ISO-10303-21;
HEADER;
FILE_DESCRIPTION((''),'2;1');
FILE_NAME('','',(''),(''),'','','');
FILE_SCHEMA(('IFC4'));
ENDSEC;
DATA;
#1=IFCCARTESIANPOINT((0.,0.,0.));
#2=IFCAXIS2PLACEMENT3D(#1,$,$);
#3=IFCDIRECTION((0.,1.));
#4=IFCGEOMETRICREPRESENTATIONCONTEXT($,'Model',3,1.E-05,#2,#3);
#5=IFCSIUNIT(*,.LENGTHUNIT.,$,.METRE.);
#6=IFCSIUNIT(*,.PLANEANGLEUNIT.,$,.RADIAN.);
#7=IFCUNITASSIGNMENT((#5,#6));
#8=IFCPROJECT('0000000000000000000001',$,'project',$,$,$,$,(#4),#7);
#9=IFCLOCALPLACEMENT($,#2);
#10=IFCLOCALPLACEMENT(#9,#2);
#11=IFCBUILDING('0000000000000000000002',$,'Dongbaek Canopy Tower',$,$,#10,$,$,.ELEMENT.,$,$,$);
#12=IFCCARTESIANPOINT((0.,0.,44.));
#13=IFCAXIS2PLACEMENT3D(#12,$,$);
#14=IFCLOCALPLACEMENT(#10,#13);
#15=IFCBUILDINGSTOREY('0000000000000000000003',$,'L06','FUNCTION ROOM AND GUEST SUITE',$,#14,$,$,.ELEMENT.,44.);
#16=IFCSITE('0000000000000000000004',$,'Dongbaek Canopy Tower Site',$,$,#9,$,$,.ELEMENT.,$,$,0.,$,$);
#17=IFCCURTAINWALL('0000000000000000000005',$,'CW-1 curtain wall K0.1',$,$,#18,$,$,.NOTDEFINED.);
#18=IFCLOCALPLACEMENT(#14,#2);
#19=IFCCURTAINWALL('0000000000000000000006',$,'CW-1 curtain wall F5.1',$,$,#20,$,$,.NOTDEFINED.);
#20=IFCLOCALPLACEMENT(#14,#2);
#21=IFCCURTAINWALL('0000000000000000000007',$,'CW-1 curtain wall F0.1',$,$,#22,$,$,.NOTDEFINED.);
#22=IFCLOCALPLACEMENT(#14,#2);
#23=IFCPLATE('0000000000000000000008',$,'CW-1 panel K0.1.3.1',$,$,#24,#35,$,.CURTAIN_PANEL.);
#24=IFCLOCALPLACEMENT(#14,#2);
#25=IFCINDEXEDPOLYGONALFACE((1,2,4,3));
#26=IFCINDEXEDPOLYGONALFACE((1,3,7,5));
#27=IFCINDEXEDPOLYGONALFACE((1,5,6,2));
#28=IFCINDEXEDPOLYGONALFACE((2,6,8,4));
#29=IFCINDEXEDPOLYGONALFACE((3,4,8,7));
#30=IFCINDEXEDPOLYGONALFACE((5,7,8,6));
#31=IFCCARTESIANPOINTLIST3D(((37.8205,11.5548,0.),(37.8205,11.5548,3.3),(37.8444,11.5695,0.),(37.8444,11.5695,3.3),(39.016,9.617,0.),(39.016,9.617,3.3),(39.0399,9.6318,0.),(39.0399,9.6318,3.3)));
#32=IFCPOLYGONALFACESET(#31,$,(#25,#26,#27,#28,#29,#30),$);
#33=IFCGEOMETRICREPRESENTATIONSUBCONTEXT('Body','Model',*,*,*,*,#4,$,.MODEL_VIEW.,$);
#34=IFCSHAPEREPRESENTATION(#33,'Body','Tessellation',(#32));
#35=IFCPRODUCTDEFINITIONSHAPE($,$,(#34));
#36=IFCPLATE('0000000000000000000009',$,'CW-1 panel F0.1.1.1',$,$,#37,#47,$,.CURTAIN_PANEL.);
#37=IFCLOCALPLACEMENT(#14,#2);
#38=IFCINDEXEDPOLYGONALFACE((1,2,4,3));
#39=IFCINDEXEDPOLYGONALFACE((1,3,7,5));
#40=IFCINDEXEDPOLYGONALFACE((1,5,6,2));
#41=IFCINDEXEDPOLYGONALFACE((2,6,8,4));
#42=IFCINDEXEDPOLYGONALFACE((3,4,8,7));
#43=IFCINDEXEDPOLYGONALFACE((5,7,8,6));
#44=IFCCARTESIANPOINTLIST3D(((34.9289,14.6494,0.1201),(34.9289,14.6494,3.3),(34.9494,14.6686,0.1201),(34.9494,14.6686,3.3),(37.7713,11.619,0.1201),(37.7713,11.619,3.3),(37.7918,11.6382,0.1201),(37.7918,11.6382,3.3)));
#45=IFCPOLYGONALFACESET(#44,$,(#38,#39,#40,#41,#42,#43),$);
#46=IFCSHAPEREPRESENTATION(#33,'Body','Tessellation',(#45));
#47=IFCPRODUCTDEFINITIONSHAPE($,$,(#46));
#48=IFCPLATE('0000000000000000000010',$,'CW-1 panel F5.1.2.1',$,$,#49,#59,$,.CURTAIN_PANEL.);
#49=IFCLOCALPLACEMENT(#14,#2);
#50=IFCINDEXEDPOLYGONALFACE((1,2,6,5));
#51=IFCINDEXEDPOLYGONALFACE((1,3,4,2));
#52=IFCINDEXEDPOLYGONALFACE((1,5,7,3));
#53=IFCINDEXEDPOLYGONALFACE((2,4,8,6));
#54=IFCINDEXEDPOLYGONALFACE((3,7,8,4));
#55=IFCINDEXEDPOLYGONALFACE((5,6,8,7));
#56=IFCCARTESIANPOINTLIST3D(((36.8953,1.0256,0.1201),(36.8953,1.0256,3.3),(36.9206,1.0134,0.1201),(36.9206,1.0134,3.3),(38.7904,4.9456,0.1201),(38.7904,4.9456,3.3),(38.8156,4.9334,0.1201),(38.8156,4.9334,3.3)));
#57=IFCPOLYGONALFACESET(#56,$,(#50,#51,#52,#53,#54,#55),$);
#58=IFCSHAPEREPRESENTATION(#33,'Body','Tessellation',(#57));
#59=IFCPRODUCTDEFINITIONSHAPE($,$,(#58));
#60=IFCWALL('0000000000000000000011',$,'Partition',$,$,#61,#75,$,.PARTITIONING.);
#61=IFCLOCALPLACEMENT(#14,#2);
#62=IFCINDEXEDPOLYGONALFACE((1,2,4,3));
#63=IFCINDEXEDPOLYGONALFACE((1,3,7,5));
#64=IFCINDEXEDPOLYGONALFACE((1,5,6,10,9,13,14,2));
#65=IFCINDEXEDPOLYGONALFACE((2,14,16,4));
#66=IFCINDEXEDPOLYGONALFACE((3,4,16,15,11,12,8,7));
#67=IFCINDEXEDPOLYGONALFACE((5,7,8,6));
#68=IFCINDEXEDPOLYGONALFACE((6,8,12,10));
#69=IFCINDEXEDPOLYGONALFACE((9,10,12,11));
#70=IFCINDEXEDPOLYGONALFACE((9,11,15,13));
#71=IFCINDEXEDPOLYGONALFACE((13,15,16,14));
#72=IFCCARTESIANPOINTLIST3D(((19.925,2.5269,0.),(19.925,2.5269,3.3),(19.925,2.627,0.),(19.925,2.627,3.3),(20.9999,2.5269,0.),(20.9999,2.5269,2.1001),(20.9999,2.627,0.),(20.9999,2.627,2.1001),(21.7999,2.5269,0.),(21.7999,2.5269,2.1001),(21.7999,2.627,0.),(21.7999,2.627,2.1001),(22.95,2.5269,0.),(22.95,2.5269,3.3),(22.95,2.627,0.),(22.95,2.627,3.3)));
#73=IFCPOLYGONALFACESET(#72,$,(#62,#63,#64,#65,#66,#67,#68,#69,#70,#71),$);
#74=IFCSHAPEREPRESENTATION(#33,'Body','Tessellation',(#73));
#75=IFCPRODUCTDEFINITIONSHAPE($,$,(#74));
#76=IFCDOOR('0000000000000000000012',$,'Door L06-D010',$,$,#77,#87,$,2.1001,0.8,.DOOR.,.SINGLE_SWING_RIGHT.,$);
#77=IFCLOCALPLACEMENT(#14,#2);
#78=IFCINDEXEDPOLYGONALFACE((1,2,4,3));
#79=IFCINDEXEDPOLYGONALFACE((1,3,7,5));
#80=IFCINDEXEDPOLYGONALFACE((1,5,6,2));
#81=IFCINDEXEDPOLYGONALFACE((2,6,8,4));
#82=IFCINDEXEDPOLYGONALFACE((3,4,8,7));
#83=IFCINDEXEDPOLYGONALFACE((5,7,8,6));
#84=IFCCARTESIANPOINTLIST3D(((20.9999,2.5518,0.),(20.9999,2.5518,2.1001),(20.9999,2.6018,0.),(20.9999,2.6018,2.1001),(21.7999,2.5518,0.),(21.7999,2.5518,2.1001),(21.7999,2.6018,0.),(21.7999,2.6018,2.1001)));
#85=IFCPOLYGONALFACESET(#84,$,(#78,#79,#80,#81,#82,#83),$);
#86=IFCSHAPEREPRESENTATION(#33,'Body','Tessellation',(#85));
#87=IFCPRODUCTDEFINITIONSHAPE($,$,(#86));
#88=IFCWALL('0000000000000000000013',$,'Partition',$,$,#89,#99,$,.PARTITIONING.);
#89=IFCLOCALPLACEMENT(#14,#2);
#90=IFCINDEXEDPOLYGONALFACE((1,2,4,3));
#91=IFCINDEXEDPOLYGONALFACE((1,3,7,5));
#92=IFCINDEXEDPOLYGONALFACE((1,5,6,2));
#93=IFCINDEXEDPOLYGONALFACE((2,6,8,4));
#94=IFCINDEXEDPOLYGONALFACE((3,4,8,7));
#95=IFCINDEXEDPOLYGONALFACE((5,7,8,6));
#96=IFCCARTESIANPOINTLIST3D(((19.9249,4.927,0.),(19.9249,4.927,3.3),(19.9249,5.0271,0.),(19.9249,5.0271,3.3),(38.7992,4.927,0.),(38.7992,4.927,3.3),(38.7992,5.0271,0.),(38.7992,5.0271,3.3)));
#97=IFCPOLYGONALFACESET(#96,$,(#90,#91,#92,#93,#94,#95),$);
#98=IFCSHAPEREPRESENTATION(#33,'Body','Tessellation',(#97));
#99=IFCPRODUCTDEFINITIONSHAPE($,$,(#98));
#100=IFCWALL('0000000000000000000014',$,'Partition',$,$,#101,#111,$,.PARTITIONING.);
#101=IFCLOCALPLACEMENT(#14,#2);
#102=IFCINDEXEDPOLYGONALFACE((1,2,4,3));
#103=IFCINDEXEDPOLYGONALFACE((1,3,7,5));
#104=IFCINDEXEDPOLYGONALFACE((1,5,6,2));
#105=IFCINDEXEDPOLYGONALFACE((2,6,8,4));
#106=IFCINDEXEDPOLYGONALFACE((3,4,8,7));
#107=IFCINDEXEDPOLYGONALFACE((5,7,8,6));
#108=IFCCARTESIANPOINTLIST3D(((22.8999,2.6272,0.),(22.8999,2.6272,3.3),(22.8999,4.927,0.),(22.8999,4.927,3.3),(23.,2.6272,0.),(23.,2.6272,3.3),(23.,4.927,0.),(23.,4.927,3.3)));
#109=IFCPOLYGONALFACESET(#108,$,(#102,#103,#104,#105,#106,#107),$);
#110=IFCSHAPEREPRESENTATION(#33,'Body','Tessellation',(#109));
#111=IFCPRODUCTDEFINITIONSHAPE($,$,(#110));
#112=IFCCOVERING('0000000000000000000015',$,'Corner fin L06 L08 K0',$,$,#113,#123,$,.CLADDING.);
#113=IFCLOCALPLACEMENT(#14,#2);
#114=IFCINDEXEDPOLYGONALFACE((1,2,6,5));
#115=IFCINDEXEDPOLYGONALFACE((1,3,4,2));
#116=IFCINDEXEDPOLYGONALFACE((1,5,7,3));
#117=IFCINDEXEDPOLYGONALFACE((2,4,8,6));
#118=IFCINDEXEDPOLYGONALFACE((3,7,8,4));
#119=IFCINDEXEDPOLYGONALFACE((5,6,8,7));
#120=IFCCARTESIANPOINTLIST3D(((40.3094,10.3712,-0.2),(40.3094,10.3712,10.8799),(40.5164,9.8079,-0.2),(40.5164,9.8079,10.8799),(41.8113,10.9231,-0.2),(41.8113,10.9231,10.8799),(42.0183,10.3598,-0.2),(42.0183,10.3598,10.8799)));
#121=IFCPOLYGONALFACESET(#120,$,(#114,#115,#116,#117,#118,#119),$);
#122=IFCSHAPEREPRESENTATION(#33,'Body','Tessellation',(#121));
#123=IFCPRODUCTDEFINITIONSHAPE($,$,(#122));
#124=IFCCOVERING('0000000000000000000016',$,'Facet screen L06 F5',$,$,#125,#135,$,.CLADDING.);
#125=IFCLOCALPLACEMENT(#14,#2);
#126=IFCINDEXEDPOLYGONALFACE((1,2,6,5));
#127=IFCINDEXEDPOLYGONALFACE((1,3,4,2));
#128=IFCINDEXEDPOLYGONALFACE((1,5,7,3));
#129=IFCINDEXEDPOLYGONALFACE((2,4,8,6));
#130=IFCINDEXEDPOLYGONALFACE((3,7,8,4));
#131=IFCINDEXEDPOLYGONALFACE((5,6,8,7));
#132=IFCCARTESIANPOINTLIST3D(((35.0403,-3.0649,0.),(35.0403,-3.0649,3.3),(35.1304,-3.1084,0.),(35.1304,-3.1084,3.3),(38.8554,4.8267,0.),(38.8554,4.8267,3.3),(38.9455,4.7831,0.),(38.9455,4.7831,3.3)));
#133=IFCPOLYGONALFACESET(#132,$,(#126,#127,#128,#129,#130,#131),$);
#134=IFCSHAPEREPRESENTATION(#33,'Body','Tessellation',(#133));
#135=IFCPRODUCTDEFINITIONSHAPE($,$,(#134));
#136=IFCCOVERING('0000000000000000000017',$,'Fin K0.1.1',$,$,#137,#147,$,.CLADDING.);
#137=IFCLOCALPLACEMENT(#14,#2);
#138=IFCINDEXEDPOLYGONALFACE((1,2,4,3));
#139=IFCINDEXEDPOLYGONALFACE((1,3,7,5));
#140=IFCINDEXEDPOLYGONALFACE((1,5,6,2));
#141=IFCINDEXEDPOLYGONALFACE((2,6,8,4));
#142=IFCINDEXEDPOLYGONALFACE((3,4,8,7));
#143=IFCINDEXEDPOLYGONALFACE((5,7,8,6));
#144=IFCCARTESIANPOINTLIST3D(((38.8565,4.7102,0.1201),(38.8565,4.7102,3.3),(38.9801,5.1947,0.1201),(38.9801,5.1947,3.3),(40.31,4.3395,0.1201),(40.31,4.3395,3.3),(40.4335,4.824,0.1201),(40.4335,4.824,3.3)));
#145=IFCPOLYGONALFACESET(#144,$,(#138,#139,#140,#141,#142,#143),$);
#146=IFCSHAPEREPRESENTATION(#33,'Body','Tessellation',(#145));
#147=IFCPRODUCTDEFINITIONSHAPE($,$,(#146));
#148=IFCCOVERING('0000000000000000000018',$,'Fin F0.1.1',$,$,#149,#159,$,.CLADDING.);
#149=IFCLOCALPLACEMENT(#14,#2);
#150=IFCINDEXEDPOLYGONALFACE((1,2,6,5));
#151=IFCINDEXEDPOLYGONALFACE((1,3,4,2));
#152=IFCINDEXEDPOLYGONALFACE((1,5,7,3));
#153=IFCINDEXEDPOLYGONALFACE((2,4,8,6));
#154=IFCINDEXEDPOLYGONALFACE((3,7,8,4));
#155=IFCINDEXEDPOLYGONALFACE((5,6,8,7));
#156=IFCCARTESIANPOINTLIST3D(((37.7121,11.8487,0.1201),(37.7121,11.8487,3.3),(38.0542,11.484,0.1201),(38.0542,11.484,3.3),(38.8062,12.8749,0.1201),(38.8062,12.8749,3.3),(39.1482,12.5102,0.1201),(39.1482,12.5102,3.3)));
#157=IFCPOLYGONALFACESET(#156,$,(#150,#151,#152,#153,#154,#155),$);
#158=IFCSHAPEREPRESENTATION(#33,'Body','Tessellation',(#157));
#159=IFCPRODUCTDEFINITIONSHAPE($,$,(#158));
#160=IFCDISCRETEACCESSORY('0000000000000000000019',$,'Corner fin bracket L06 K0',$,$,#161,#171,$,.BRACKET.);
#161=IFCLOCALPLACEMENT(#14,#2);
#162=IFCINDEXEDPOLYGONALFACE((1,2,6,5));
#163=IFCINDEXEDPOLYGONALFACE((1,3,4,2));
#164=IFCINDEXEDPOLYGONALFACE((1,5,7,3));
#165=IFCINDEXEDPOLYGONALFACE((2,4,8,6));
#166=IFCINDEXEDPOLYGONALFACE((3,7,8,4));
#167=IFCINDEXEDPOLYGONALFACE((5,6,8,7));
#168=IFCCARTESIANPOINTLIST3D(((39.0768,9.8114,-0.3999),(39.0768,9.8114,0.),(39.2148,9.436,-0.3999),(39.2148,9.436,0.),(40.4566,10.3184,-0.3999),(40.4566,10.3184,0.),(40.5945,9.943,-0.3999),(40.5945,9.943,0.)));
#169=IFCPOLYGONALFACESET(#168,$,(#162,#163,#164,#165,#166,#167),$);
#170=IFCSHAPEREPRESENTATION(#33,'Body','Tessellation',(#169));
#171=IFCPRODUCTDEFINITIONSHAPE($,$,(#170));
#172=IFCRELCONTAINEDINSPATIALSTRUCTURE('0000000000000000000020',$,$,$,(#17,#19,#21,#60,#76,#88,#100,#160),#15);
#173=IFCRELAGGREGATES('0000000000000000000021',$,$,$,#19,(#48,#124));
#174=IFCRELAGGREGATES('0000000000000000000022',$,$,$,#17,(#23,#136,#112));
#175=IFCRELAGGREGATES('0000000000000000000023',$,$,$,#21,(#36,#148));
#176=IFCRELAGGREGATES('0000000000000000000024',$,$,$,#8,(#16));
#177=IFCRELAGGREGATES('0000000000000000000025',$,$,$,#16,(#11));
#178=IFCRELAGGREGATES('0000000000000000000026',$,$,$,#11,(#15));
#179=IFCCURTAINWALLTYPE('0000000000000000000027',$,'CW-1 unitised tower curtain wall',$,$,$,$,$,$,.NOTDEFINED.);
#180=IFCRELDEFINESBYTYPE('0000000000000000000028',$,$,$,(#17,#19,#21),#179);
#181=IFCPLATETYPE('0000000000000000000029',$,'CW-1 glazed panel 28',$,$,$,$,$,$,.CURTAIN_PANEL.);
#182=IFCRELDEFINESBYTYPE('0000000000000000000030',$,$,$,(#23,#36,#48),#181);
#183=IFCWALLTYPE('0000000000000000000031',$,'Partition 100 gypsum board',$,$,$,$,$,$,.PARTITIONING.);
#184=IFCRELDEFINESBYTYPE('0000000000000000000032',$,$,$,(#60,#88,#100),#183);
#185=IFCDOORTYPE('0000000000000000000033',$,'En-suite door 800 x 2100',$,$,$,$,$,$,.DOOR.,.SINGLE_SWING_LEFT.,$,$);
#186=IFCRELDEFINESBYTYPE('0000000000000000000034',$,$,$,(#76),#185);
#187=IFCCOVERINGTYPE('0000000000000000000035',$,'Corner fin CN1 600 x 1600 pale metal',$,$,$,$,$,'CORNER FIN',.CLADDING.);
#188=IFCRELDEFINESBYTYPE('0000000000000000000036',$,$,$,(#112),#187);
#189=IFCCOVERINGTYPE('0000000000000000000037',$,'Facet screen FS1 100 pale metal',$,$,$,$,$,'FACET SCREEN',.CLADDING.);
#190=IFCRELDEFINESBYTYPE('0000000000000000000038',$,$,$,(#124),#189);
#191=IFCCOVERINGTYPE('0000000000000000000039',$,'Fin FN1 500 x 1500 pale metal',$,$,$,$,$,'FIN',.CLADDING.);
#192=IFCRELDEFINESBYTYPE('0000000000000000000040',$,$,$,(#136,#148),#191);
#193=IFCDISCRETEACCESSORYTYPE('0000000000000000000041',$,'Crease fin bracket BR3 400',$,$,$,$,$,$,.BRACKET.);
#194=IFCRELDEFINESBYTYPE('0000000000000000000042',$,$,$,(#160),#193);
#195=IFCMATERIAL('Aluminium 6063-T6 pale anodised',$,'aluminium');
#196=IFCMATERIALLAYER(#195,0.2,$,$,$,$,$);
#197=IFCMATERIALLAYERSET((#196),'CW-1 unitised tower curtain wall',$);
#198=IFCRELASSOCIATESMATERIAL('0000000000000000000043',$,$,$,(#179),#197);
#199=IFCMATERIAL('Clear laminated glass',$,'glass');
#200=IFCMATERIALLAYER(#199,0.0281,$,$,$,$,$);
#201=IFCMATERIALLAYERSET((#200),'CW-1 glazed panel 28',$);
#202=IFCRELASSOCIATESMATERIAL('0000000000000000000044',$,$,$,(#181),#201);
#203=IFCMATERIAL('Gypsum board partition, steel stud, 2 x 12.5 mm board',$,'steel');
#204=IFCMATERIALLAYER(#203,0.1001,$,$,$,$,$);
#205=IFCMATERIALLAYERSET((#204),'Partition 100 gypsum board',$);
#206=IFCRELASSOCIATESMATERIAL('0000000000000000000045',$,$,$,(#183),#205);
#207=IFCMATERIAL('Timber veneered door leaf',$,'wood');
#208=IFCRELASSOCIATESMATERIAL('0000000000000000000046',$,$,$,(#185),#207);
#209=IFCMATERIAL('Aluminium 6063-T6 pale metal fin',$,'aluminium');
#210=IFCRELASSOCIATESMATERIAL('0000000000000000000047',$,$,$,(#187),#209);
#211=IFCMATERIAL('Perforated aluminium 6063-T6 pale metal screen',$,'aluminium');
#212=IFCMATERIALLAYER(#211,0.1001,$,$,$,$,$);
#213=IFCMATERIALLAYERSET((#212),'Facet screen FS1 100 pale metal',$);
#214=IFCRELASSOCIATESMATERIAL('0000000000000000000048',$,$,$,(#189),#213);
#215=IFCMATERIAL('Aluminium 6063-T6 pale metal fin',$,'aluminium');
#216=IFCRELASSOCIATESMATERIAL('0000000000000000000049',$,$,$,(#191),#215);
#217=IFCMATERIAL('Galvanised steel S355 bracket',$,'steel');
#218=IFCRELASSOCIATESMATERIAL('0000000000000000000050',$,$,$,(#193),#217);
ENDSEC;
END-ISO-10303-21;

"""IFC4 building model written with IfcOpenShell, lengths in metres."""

from ifc_helpers import new_model, si_unit, direction, frame, frame_2d, origin, origin_2d, place, context, subcontext, project, spatial, rectangle, extrude, material, layer, layer_set, material_profile, profile_set, type_object, element, fill, aggregate, save


model = new_model("IFC4")

# Units and contexts
model_context = context("Model", 3, precision=1e-05, world=origin(), true_north=direction((0.0, 1.0)))
body_context = subcontext(model_context, "Body", "Model", "MODEL_VIEW")
ifc_project = project(units=[si_unit("LENGTHUNIT", "METRE"), si_unit("PLANEANGLEUNIT", "RADIAN")], contexts=[model_context])

# Site, building, storey
site_placement = place(None, origin())
site = spatial("IfcSite", under=ifc_project, at=site_placement, Name="Dongbaek Canopy Tower Site", CompositionType="ELEMENT", RefElevation=0.0)
building_placement = place(site_placement, origin())
building = spatial("IfcBuilding", under=site, at=building_placement, Name="Dongbaek Canopy Tower", CompositionType="ELEMENT")
storey_placement = place(building_placement, frame((0.0, 0.0, 44.0)))
storey = spatial("IfcBuildingStorey", under=building, at=storey_placement, Name="L06", Description="FUNCTION ROOM AND GUEST SUITE", CompositionType="ELEMENT", Elevation=44.0)

# Curtain wall
ifc_material_1 = material(Name="Aluminium 6063-T6 pale anodised", Category="aluminium")
ifc_layer_1 = layer(ifc_material_1, 0.2)
ifc_layer_set_1 = layer_set([ifc_layer_1], Name="CW-1 unitised tower curtain wall")
curtain_wall_type = type_object("IfcCurtainWallType", Name="CW-1 unitised tower curtain wall", PredefinedType="NOTDEFINED", material=ifc_layer_set_1)
curtain_wall_1_placement = place(storey_placement, origin())
curtain_wall_1 = element("IfcCurtainWall", 1, at=curtain_wall_1_placement, inside=storey, type_object=curtain_wall_type, Name="CW-1 curtain wall K0.1", PredefinedType="NOTDEFINED")

# Curtain walls
curtain_wall_2_placement = place(storey_placement, origin())
curtain_wall_2 = element("IfcCurtainWall", 2, at=curtain_wall_2_placement, inside=storey, type_object=curtain_wall_type, Name="CW-1 curtain wall F5.1", PredefinedType="NOTDEFINED")
curtain_wall_3_placement = place(storey_placement, origin())
curtain_wall_3 = element("IfcCurtainWall", 3, at=curtain_wall_3_placement, inside=storey, type_object=curtain_wall_type, Name="CW-1 curtain wall F0.1", PredefinedType="NOTDEFINED")

# Plates
ifc_material_2 = material(Name="Clear laminated glass", Category="glass")
ifc_layer_2 = layer(ifc_material_2, 0.0281)
ifc_layer_set_2 = layer_set([ifc_layer_2], Name="CW-1 glazed panel 28")
plate_type = type_object("IfcPlateType", Name="CW-1 glazed panel 28", PredefinedType="CURTAIN_PANEL", material=ifc_layer_set_2)
plate_1_placement = place(storey_placement, frame((38.4302, 10.5933, 0.0), z_axis=(0.0, 0.0, 1.0), x_axis=(-0.525054, 0.851069, 0.0)))
plate_1 = element("IfcPlate", 4, at=plate_1_placement, type_object=plate_type, Name="CW-1 panel K0.1.3.1", PredefinedType="CURTAIN_PANEL", context=body_context, shape_type="SweptSolid", body=[
    extrude(rectangle(XDim=2.2769, YDim=0.0281, at=origin_2d()), origin(), (0.0, 0.0, 1.0), 3.3),
])
plate_2_placement = place(storey_placement, frame((36.3604, 13.1438, 0.1201), z_axis=(0.0, 0.0, 1.0), x_axis=(-0.68412, 0.729369, 0.0)))
plate_2 = element("IfcPlate", 5, at=plate_2_placement, type_object=plate_type, Name="CW-1 panel F0.1.1.1", PredefinedType="CURTAIN_PANEL", context=body_context, shape_type="SweptSolid", body=[
    extrude(rectangle(XDim=4.1548, YDim=0.0281, at=origin_2d()), origin(), (0.0, 0.0, 1.0), 3.1799),
])
plate_3_placement = place(storey_placement, frame((37.8555, 2.9795, 0.1201), z_axis=(0.0, 0.0, 1.0), x_axis=(0.435245, 0.900312, 0.0)))
plate_3 = element("IfcPlate", 6, at=plate_3_placement, type_object=plate_type, Name="CW-1 panel F5.1.2.1", PredefinedType="CURTAIN_PANEL", context=body_context, shape_type="SweptSolid", body=[
    extrude(rectangle(XDim=4.354, YDim=0.0281, at=origin_2d()), origin(), (0.0, 0.0, 1.0), 3.1799),
])

# Wall, opening, door
ifc_material_3 = material(Name="Gypsum board partition, steel stud, 2 x 12.5 mm board", Category="steel")
ifc_layer_3 = layer(ifc_material_3, 0.1001)
ifc_layer_set_3 = layer_set([ifc_layer_3], Name="Partition 100 gypsum board")
wall_type = type_object("IfcWallType", Name="Partition 100 gypsum board", PredefinedType="PARTITIONING", material=ifc_layer_set_3)
wall_1_placement = place(storey_placement, frame((19.925, 2.5769, 0.0), z_axis=(0.0, 0.0, 1.0), x_axis=(1.0, 0.0, 0.0)))
wall_1 = element("IfcWall", 7, at=wall_1_placement, inside=storey, type_object=wall_type, Name="Partition", PredefinedType="PARTITIONING", context=body_context, shape_type="SweptSolid", body=[
    extrude(rectangle(XDim=3.0249, YDim=0.1001, at=frame_2d((1.5125, 0.0))), origin(), (0.0, 0.0, 1.0), 3.3),
])
opening_placement = place(wall_1_placement, frame((1.075, 0.0, 0.0)))
opening = element("IfcOpeningElement", 8, at=opening_placement, cuts=wall_1, PredefinedType="OPENING", context=body_context, shape_type="SweptSolid", body=[
    extrude(rectangle(XDim=0.8, YDim=2.1001, at=frame_2d((0.3999, 1.05))), frame((0.0, 0.0601, 0.0), z_axis=(0.0, -1.0, 0.0), x_axis=(1.0, 0.0, 0.0)), (0.0, 0.0, 1.0), 0.1201),
])
ifc_material_4 = material(Name="Timber veneered door leaf", Category="wood")
door_type = type_object("IfcDoorType", Name="En-suite door 800 x 2100", OperationType="SINGLE_SWING_LEFT", PredefinedType="DOOR", material=ifc_material_4)
door_placement = place(opening_placement, origin())
door = element("IfcDoor", 9, at=door_placement, inside=storey, type_object=door_type, Name="Door L06-D010", OperationType="SINGLE_SWING_RIGHT", OverallHeight=2.1001, OverallWidth=0.8, PredefinedType="DOOR", context=body_context, shape_type="SweptSolid", body=[
    extrude(rectangle(XDim=0.8, YDim=2.1001, at=frame_2d((0.3999, 1.05))), frame((0.0, 0.0249, 0.0), z_axis=(0.0, -1.0, 0.0), x_axis=(1.0, 0.0, 0.0)), (0.0, 0.0, 1.0), 0.05),
])
fill(opening, door)

# Walls
wall_2_placement = place(storey_placement, frame((19.925, 4.9771, 0.0), z_axis=(0.0, 0.0, 1.0), x_axis=(1.0, 0.0, 0.0)))
element("IfcWall", 10, at=wall_2_placement, inside=storey, type_object=wall_type, Name="Partition", PredefinedType="PARTITIONING", context=body_context, shape_type="SweptSolid", body=[
    extrude(rectangle(XDim=18.8743, YDim=0.1001, at=frame_2d((9.437, 0.0))), origin(), (0.0, 0.0, 1.0), 3.3),
])
wall_3_placement = place(storey_placement, frame((22.95, 2.6272, 0.0), z_axis=(0.0, 0.0, 1.0), x_axis=(0.0, 1.0, 0.0)))
element("IfcWall", 11, at=wall_3_placement, inside=storey, type_object=wall_type, Name="Partition", PredefinedType="PARTITIONING", context=body_context, shape_type="SweptSolid", body=[
    extrude(rectangle(XDim=2.2998, YDim=0.1001, at=frame_2d((1.1499, 0.0))), origin(), (0.0, 0.0, 1.0), 3.3),
])

# Coverings
ifc_material_5 = material(Name="Aluminium 6063-T6 pale metal fin", Category="aluminium")
ifc_material_profile_1 = material_profile(ifc_material_5, rectangle(XDim=1.6001, YDim=0.6001, at=origin_2d()), Name="Corner fin CN1 600 x 1600 pale metal")
ifc_profile_set_1 = profile_set([ifc_material_profile_1], Name="Aluminium 6063-T6 pale metal fin")
covering_type_1 = type_object("IfcCoveringType", Name="Corner fin CN1 600 x 1600 pale metal", ElementType="CORNER FIN", PredefinedType="CLADDING", material=ifc_profile_set_1)
covering_1_placement = place(storey_placement, frame((41.1638, 10.3655, -0.2), z_axis=(0.0, 0.0, 1.0), x_axis=(0.93863, 0.344926, 0.0)))
covering_1 = element("IfcCovering", 12, at=covering_1_placement, type_object=covering_type_1, Name="Corner fin L06 L08 K0", PredefinedType="CLADDING", context=body_context, shape_type="SweptSolid", body=[
    extrude(rectangle(XDim=1.6001, YDim=0.6001, at=origin_2d()), origin(), (0.0, 0.0, 1.0), 11.0798),
])
ifc_material_6 = material(Name="Perforated aluminium 6063-T6 pale metal screen", Category="aluminium")
ifc_layer_4 = layer(ifc_material_6, 0.1001)
ifc_layer_set_4 = layer_set([ifc_layer_4], Name="Facet screen FS1 100 pale metal")
covering_type_2 = type_object("IfcCoveringType", Name="Facet screen FS1 100 pale metal", ElementType="FACET SCREEN", PredefinedType="CLADDING", material=ifc_layer_set_4)
covering_2_placement = place(storey_placement, frame((36.9929, 0.8591, 0.0), z_axis=(0.0, 0.0, 1.0), x_axis=(0.435245, 0.900312, 0.0)))
covering_2 = element("IfcCovering", 13, at=covering_2_placement, type_object=covering_type_2, Name="Facet screen L06 F5", PredefinedType="CLADDING", context=body_context, shape_type="SweptSolid", body=[
    extrude(rectangle(XDim=8.7654, YDim=0.1001, at=origin_2d()), origin(), (0.0, 0.0, 1.0), 3.3),
])
aggregate(curtain_wall_2, [plate_3, covering_2])
ifc_material_7 = material(Name="Aluminium 6063-T6 pale metal fin", Category="aluminium")
ifc_material_profile_2 = material_profile(ifc_material_7, rectangle(XDim=1.5, YDim=0.5, at=origin_2d()), Name="Fin FN1 500 x 1500 pale metal")
ifc_profile_set_2 = profile_set([ifc_material_profile_2], Name="Aluminium 6063-T6 pale metal fin")
covering_type_3 = type_object("IfcCoveringType", Name="Fin FN1 500 x 1500 pale metal", ElementType="FIN", PredefinedType="CLADDING", material=ifc_profile_set_2)
covering_3_placement = place(storey_placement, frame((39.645, 4.7671, 0.1201), z_axis=(0.0, 0.0, 1.0), x_axis=(0.968988, -0.247106, 0.0)))
covering_3 = element("IfcCovering", 14, at=covering_3_placement, type_object=covering_type_3, Name="Fin K0.1.1", PredefinedType="CLADDING", context=body_context, shape_type="SweptSolid", body=[
    extrude(rectangle(XDim=1.5, YDim=0.5, at=origin_2d()), origin(), (0.0, 0.0, 1.0), 3.1799),
])
aggregate(curtain_wall_1, [plate_1, covering_3, covering_1])
covering_4_placement = place(storey_placement, frame((38.4302, 12.1794, 0.1201), z_axis=(0.0, 0.0, 1.0), x_axis=(0.729369, 0.68412, 0.0)))
covering_4 = element("IfcCovering", 15, at=covering_4_placement, type_object=covering_type_3, Name="Fin F0.1.1", PredefinedType="CLADDING", context=body_context, shape_type="SweptSolid", body=[
    extrude(rectangle(XDim=1.5, YDim=0.5, at=origin_2d()), origin(), (0.0, 0.0, 1.0), 3.1799),
])
aggregate(curtain_wall_3, [plate_2, covering_4])

# Discrete accessory
ifc_material_8 = material(Name="Galvanised steel S355 bracket", Category="steel")
discrete_accessory_type = type_object("IfcDiscreteAccessoryType", Name="Crease fin bracket BR3 400", PredefinedType="BRACKET", material=ifc_material_8)
discrete_accessory_placement = place(storey_placement, frame((39.8357, 9.8772, -0.3999), z_axis=(0.0, 0.0, 1.0), x_axis=(0.93863, 0.344926, 0.0)))
element("IfcDiscreteAccessory", 16, at=discrete_accessory_placement, inside=storey, type_object=discrete_accessory_type, Name="Corner fin bracket L06 K0", PredefinedType="BRACKET", context=body_context, shape_type="SweptSolid", body=[
    extrude(rectangle(XDim=1.47, YDim=0.3999, at=origin_2d()), origin(), (0.0, 0.0, 1.0), 0.3999),
])

save(model, "model.ifc")
